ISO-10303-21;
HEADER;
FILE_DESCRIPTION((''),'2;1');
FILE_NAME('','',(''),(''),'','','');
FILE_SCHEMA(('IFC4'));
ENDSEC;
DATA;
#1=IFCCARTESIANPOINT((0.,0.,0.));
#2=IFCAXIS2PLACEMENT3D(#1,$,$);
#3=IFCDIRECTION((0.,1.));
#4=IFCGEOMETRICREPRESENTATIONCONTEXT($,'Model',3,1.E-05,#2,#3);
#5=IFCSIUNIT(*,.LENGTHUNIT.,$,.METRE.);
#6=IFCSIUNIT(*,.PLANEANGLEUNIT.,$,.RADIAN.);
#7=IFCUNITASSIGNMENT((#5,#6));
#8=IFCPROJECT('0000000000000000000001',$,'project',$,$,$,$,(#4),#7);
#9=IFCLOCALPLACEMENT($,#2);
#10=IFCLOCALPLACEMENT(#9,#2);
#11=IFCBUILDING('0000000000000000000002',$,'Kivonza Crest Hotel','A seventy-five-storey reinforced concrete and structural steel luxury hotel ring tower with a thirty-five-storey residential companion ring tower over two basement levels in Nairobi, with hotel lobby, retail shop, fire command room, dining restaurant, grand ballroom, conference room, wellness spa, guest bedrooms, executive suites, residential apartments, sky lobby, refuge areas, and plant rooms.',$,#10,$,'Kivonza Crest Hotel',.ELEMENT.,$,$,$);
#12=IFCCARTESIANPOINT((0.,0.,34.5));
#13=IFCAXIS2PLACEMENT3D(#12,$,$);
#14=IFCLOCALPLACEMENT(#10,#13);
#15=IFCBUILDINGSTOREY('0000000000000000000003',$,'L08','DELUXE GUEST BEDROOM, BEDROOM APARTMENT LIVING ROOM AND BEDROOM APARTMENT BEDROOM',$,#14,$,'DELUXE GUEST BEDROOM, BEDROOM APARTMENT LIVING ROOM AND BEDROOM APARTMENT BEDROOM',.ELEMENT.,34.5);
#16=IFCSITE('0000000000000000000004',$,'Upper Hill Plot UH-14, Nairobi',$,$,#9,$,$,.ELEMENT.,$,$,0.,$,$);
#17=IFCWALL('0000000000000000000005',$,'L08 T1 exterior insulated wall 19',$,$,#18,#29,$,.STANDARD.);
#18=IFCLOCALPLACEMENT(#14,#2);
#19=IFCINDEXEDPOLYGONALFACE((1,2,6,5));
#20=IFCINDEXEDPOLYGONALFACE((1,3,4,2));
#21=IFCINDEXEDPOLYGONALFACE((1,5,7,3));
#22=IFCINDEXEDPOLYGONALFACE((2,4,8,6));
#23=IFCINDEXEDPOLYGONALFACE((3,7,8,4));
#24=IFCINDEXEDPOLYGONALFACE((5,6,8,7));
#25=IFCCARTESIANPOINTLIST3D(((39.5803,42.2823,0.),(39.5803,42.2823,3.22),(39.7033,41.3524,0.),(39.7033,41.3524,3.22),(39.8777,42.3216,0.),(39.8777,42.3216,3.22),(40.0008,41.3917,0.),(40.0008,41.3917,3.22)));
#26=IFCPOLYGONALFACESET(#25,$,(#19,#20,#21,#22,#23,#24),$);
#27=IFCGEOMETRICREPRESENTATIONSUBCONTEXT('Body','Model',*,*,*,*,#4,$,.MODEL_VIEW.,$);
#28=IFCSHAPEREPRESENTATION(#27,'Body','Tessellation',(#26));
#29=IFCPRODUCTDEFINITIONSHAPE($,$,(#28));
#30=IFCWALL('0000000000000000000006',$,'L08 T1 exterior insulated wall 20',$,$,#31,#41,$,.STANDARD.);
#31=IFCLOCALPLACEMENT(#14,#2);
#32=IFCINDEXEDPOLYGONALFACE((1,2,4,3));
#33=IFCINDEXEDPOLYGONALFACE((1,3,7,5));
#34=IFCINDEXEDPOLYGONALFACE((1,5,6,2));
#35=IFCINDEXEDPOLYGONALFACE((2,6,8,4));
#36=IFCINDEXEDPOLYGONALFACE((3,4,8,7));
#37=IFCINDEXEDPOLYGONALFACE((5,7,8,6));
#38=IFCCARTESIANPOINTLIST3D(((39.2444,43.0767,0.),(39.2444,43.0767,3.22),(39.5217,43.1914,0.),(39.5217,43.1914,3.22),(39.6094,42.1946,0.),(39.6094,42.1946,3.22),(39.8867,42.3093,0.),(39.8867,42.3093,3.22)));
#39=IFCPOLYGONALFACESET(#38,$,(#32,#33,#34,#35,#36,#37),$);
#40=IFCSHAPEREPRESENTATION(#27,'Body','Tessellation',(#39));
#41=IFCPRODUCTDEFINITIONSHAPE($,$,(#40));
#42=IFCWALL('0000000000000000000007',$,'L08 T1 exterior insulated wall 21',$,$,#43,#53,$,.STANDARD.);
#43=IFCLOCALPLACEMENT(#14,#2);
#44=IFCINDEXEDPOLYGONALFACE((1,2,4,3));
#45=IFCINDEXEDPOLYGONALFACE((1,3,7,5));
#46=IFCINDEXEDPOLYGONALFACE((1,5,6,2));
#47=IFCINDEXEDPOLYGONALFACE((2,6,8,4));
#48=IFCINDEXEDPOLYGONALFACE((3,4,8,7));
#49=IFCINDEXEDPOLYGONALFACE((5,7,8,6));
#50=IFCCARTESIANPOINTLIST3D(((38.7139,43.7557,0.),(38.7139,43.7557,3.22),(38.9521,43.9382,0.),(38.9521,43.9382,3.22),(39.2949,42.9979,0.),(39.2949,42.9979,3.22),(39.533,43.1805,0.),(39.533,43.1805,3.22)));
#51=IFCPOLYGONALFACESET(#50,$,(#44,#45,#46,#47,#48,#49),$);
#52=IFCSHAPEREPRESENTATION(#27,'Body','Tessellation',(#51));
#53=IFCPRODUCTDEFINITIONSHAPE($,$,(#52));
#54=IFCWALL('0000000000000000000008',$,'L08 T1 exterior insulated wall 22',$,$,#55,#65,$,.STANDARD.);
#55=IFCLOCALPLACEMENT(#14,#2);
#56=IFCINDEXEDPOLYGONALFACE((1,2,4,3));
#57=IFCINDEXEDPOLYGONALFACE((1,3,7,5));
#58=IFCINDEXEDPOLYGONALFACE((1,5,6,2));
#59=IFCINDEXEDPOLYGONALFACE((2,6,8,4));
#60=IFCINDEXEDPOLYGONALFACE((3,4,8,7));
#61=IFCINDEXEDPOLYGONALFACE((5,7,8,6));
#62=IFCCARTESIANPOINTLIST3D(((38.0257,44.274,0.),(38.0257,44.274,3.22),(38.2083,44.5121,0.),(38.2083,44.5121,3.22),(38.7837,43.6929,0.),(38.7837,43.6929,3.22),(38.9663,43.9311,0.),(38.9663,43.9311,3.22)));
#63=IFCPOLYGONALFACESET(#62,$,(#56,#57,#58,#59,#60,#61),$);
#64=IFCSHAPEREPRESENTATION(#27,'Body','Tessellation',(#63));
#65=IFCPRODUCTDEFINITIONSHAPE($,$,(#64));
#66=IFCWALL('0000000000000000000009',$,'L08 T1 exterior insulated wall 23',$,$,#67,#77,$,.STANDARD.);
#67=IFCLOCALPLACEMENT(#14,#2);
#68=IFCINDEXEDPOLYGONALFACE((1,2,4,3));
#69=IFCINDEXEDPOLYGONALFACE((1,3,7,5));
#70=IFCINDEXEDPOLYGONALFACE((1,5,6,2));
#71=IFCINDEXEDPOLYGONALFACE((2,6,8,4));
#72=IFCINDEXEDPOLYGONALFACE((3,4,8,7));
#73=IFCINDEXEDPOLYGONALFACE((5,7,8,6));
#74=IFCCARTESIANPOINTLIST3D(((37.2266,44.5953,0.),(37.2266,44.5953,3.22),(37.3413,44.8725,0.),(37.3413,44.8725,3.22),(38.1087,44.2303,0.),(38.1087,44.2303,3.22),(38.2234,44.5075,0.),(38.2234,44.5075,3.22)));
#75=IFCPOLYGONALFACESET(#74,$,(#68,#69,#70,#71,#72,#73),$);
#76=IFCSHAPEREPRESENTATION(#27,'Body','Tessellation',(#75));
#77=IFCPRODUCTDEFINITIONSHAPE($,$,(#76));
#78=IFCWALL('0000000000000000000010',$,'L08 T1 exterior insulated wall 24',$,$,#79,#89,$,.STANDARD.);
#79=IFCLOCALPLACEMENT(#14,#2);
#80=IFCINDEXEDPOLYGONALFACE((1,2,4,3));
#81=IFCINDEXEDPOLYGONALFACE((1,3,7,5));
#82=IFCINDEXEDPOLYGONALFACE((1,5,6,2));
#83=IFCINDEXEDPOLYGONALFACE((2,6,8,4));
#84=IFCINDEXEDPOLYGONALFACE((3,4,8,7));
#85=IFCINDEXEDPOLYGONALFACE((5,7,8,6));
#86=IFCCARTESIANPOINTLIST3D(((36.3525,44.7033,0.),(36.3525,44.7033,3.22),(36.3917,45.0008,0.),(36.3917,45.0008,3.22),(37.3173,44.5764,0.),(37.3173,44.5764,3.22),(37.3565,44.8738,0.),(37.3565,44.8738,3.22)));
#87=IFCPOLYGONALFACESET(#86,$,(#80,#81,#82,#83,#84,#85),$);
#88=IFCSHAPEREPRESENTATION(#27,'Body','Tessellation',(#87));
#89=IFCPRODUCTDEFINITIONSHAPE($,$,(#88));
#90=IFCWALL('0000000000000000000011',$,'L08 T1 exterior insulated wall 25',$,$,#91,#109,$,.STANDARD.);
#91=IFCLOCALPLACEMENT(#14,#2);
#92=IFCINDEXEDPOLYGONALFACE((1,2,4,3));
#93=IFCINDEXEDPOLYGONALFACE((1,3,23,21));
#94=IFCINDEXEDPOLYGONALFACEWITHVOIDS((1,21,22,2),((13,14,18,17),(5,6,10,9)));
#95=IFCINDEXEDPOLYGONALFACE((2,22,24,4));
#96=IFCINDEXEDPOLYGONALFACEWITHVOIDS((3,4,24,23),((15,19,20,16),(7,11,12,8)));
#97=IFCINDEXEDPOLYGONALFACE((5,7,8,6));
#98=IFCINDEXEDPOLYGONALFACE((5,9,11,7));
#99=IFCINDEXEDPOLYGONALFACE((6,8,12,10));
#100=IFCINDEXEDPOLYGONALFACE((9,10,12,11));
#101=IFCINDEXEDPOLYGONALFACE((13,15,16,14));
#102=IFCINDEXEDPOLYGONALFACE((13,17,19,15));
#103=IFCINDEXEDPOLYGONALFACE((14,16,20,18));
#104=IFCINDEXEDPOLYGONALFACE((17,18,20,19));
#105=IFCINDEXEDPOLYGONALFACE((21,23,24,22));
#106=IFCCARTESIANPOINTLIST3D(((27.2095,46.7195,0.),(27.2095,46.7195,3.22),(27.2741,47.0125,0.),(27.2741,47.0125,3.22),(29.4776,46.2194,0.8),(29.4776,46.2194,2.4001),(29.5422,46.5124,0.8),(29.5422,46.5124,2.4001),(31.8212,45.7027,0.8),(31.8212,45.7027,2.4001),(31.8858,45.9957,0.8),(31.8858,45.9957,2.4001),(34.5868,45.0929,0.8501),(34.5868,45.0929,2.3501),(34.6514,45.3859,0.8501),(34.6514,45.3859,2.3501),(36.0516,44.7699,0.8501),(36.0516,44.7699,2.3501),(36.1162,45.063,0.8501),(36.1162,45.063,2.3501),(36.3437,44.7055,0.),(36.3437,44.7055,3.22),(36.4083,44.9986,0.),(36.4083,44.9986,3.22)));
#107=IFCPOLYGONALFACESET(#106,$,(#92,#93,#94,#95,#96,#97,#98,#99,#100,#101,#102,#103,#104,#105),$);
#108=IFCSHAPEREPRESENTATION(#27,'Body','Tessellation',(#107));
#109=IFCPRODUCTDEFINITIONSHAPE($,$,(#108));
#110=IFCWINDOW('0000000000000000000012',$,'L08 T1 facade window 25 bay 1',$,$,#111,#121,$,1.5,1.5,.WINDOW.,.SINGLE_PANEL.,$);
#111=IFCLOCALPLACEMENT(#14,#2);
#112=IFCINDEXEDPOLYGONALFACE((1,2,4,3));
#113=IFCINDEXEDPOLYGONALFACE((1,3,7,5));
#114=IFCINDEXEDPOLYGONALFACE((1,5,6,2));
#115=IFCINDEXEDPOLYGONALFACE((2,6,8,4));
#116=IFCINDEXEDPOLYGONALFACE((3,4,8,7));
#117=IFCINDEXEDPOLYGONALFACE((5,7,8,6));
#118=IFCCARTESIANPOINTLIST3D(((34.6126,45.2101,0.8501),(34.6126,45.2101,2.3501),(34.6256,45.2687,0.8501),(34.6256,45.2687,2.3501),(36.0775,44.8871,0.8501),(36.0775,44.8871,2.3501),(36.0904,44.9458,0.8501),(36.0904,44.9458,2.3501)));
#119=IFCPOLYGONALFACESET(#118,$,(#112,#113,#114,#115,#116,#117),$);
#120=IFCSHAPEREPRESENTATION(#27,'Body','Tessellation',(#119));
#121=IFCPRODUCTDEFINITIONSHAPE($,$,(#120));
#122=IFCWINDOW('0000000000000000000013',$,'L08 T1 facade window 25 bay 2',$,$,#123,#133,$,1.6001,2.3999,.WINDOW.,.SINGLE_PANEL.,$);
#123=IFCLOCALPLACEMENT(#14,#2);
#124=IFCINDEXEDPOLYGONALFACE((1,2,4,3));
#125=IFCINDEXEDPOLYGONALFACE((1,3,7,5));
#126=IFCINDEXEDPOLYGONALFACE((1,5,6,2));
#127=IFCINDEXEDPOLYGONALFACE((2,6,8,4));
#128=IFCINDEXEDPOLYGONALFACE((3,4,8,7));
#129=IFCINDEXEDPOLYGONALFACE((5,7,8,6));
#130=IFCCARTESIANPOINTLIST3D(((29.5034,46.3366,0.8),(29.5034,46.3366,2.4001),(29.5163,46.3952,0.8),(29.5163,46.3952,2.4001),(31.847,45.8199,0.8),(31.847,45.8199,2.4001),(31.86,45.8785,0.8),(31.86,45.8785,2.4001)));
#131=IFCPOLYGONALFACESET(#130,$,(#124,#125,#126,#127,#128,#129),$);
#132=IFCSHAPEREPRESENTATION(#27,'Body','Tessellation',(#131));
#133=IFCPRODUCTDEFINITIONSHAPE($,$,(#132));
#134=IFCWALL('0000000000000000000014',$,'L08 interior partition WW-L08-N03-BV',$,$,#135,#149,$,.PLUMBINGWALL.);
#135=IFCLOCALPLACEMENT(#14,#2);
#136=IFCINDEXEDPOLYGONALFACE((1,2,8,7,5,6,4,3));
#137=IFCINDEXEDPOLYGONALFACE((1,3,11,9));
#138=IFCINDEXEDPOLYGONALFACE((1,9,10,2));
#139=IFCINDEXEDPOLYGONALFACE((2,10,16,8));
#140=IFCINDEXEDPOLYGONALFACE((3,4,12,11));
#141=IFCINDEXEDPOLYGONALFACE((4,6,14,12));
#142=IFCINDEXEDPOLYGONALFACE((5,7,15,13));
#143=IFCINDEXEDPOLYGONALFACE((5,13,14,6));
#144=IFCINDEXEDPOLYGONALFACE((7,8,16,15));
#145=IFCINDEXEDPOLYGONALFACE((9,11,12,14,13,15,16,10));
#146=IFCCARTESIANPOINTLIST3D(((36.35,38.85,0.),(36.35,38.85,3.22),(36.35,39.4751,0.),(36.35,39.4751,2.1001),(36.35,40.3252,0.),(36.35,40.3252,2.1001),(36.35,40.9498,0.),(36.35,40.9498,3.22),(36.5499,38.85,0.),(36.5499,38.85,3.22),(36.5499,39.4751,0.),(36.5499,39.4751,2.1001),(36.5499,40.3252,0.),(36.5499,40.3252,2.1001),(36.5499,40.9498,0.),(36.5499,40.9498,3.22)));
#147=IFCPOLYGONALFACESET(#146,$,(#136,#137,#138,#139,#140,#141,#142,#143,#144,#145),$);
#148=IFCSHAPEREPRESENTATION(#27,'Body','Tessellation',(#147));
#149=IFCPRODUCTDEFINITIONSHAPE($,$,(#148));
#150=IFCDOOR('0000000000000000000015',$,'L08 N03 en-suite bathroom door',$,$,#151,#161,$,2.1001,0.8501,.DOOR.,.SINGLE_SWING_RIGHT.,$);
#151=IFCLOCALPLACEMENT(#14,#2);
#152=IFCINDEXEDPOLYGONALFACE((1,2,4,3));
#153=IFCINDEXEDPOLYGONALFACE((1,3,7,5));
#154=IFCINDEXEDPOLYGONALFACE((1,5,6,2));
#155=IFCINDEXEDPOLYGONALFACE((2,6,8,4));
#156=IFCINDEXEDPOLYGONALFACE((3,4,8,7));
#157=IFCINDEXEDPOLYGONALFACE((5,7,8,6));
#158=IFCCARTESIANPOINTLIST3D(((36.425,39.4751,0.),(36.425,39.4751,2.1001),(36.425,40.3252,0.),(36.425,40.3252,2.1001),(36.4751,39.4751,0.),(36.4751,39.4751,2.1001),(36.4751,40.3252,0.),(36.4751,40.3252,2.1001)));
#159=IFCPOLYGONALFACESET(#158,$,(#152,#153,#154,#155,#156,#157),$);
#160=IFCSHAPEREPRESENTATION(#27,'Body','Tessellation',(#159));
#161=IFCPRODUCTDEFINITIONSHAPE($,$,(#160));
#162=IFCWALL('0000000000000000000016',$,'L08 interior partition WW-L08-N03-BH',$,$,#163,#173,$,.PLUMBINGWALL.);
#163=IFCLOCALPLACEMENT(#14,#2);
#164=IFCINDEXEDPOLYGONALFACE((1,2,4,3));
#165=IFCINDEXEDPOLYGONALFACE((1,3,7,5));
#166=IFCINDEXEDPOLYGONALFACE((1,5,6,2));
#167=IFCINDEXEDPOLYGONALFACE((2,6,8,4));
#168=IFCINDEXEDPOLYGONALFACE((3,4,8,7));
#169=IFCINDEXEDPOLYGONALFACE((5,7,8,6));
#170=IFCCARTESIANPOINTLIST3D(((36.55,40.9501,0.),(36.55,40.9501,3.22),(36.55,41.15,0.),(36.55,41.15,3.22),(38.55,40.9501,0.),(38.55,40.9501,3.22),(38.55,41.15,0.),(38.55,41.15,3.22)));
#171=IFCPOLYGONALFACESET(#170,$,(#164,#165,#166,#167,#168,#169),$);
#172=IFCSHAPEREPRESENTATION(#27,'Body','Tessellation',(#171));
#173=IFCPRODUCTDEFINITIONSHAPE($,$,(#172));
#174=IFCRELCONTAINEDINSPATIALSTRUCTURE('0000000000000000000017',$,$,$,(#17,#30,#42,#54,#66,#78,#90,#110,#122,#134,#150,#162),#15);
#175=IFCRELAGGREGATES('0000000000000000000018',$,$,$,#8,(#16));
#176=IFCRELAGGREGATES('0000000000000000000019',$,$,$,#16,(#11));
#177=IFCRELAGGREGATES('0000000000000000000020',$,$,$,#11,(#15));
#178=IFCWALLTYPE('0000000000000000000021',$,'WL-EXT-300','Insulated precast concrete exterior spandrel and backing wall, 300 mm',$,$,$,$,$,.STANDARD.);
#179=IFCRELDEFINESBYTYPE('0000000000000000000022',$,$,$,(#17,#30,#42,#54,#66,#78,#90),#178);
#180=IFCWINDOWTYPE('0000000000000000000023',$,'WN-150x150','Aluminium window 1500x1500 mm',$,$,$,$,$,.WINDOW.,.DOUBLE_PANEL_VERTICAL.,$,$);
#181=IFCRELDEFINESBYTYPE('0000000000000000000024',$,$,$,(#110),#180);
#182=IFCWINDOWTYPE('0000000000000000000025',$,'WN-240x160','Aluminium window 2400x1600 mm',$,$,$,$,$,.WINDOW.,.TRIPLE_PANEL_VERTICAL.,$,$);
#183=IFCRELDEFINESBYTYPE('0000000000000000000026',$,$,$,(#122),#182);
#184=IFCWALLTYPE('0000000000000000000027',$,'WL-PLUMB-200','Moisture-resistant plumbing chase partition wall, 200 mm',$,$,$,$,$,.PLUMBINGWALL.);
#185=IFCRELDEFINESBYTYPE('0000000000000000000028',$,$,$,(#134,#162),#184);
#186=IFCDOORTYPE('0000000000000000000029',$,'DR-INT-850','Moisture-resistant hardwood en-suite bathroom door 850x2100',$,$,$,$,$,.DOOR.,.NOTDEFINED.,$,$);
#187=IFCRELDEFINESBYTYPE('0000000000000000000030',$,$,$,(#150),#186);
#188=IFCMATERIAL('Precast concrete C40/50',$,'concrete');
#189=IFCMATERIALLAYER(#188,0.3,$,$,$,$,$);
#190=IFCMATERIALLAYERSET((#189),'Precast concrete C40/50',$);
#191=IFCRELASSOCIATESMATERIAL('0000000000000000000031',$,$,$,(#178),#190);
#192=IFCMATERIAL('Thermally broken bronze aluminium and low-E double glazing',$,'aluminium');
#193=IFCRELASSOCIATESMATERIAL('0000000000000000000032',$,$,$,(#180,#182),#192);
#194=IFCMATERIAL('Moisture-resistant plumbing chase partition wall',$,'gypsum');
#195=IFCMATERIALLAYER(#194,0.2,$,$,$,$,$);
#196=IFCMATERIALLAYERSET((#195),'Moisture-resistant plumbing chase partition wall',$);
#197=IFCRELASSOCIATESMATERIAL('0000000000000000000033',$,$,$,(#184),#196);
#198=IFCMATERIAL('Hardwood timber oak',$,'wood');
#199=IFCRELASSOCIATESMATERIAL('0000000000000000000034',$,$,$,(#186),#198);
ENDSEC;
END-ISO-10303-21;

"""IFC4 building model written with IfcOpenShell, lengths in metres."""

from ifc_helpers import new_model, si_unit, direction, frame, frame_2d, origin, place, context, subcontext, project, spatial, rectangle, extrude, material, layer, layer_set, type_object, element, fill, save


model = new_model("IFC4")

# Units and contexts
model_context = context("Model", 3, precision=1e-05, world=origin(), true_north=direction((0.0, 1.0)))
body_context = subcontext(model_context, "Body", "Model", "MODEL_VIEW")
ifc_project = project(units=[si_unit("LENGTHUNIT", "METRE"), si_unit("PLANEANGLEUNIT", "RADIAN")], contexts=[model_context])

# Site, building, storey
site_placement = place(None, origin())
site = spatial("IfcSite", under=ifc_project, at=site_placement, Name="Upper Hill Plot UH-14, Nairobi", CompositionType="ELEMENT", RefElevation=0.0)
building_placement = place(site_placement, origin())
building = spatial("IfcBuilding", under=site, at=building_placement, Name="Kivonza Crest Hotel", Description="A seventy-five-storey reinforced concrete and structural steel luxury hotel ring tower with a thirty-five-storey residential companion ring tower over two basement levels in Nairobi, with hotel lobby, retail shop, fire command room, dining restaurant, grand ballroom, conference room, wellness spa, guest bedrooms, executive suites, residential apartments, sky lobby, refuge areas, and plant rooms.", LongName="Kivonza Crest Hotel", CompositionType="ELEMENT")
storey_placement = place(building_placement, frame((0.0, 0.0, 34.5)))
storey = spatial("IfcBuildingStorey", under=building, at=storey_placement, Name="L08", Description="DELUXE GUEST BEDROOM, BEDROOM APARTMENT LIVING ROOM AND BEDROOM APARTMENT BEDROOM", LongName="DELUXE GUEST BEDROOM, BEDROOM APARTMENT LIVING ROOM AND BEDROOM APARTMENT BEDROOM", CompositionType="ELEMENT", Elevation=34.5)

# Shared definitions
ifc_material_1 = material(Name="Hardwood timber oak", Category="wood")

# Walls
ifc_material_2 = material(Name="Precast concrete C40/50", Category="concrete")
ifc_layer_1 = layer(ifc_material_2, 0.3)
ifc_layer_set_1 = layer_set([ifc_layer_1], Name="Precast concrete C40/50")
wall_type_1 = type_object("IfcWallType", Name="WL-EXT-300", Description="Insulated precast concrete exterior spandrel and backing wall, 300 mm", PredefinedType="STANDARD", material=ifc_layer_set_1)
wall_1_placement = place(storey_placement, frame((39.8521, 41.3721, 0.0), z_axis=(0.0, 0.0, 1.0), x_axis=(-0.131175, 0.991359, 0.0)))
element("IfcWall", 1, at=wall_1_placement, inside=storey, type_object=wall_type_1, Name="L08 T1 exterior insulated wall 19", PredefinedType="STANDARD", context=body_context, shape_type="SweptSolid", body=[
    extrude(rectangle(XDim=0.938, YDim=0.3, at=frame_2d((0.469, 0.0))), origin(), (0.0, 0.0, 1.0), 3.22),
])
wall_2_placement = place(storey_placement, frame((39.748, 42.252, 0.0), z_axis=(0.0, 0.0, 1.0), x_axis=(-0.382344, 0.92402, 0.0)))
element("IfcWall", 2, at=wall_2_placement, inside=storey, type_object=wall_type_1, Name="L08 T1 exterior insulated wall 20", PredefinedType="STANDARD", context=body_context, shape_type="SweptSolid", body=[
    extrude(rectangle(XDim=0.9546, YDim=0.3, at=frame_2d((0.4773, 0.0))), origin(), (0.0, 0.0, 1.0), 3.22),
])
wall_3_placement = place(storey_placement, frame((39.4141, 43.0891, 0.0), z_axis=(0.0, 0.0, 1.0), x_axis=(-0.608474, 0.793573, 0.0)))
element("IfcWall", 3, at=wall_3_placement, inside=storey, type_object=wall_type_1, Name="L08 T1 exterior insulated wall 21", PredefinedType="STANDARD", context=body_context, shape_type="SweptSolid", body=[
    extrude(rectangle(XDim=0.9548, YDim=0.3, at=frame_2d((0.4775, 0.0))), origin(), (0.0, 0.0, 1.0), 3.22),
])
wall_4_placement = place(storey_placement, frame((38.875, 43.812, 0.0), z_axis=(0.0, 0.0, 1.0), x_axis=(-0.793668, 0.608351, 0.0)))
element("IfcWall", 4, at=wall_4_placement, inside=storey, type_object=wall_type_1, Name="L08 T1 exterior insulated wall 22", PredefinedType="STANDARD", context=body_context, shape_type="SweptSolid", body=[
    extrude(rectangle(XDim=0.9551, YDim=0.3, at=frame_2d((0.4775, 0.0))), origin(), (0.0, 0.0, 1.0), 3.22),
])
wall_5_placement = place(storey_placement, frame((38.166, 44.3689, 0.0), z_axis=(0.0, 0.0, 1.0), x_axis=(-0.92402, 0.382344, 0.0)))
element("IfcWall", 5, at=wall_5_placement, inside=storey, type_object=wall_type_1, Name="L08 T1 exterior insulated wall 23", PredefinedType="STANDARD", context=body_context, shape_type="SweptSolid", body=[
    extrude(rectangle(XDim=0.9546, YDim=0.3, at=frame_2d((0.4773, 0.0))), origin(), (0.0, 0.0, 1.0), 3.22),
])
wall_6_placement = place(storey_placement, frame((37.3369, 44.7251, 0.0), z_axis=(0.0, 0.0, 1.0), x_axis=(-0.991454, 0.130455, 0.0)))
element("IfcWall", 6, at=wall_6_placement, inside=storey, type_object=wall_type_1, Name="L08 T1 exterior insulated wall 24", PredefinedType="STANDARD", context=body_context, shape_type="SweptSolid", body=[
    extrude(rectangle(XDim=0.9731, YDim=0.3, at=frame_2d((0.4866, 0.0))), origin(), (0.0, 0.0, 1.0), 3.22),
])

# Wall, openings, windows
wall_7_placement = place(storey_placement, frame((36.376, 44.8521, 0.0), z_axis=(0.0, 0.0, 1.0), x_axis=(-0.976545, 0.215313, 0.0)))
wall_7 = element("IfcWall", 7, at=wall_7_placement, inside=storey, type_object=wall_type_1, Name="L08 T1 exterior insulated wall 25", PredefinedType="STANDARD", context=body_context, shape_type="SweptSolid", body=[
    extrude(rectangle(XDim=9.3535, YDim=0.3, at=frame_2d((4.6768, 0.0))), origin(), (0.0, 0.0, 1.0), 3.22),
])
opening_1_placement = place(wall_7_placement, frame((0.2991, 0.0, 0.8501)))
opening_1 = element("IfcOpeningElement", 8, at=opening_1_placement, cuts=wall_7, PredefinedType="OPENING", context=body_context, shape_type="SweptSolid", body=[
    extrude(rectangle(XDim=1.5, YDim=1.5, at=frame_2d((0.75, 0.75))), frame((0.0, 0.1602, 0.0), z_axis=(0.0, -1.0, 0.0), x_axis=(1.0, 0.0, 0.0)), (0.0, 0.0, 1.0), 0.3201),
])
opening_2_placement = place(wall_7_placement, frame((4.6311, 0.0, 0.8)))
opening_2 = element("IfcOpeningElement", 9, at=opening_2_placement, cuts=wall_7, PredefinedType="OPENING", context=body_context, shape_type="SweptSolid", body=[
    extrude(rectangle(XDim=2.3999, YDim=1.6001, at=frame_2d((1.2, 0.8))), frame((0.0, 0.1602, 0.0), z_axis=(0.0, -1.0, 0.0), x_axis=(1.0, 0.0, 0.0)), (0.0, 0.0, 1.0), 0.3201),
])
ifc_material_3 = material(Name="Thermally broken bronze aluminium and low-E double glazing", Category="aluminium")
window_type_1 = type_object("IfcWindowType", Name="WN-150x150", Description="Aluminium window 1500x1500 mm", PartitioningType="DOUBLE_PANEL_VERTICAL", PredefinedType="WINDOW", material=ifc_material_3)
window_1_placement = place(opening_1_placement, origin())
window_1 = element("IfcWindow", 10, at=window_1_placement, inside=storey, type_object=window_type_1, Name="L08 T1 facade window 25 bay 1", OverallHeight=1.5, OverallWidth=1.5, PartitioningType="SINGLE_PANEL", PredefinedType="WINDOW", context=body_context, shape_type="SweptSolid", body=[
    extrude(rectangle(XDim=1.5, YDim=1.5, at=frame_2d((0.75, 0.75))), frame((0.0, 0.03, 0.0), z_axis=(0.0, -1.0, 0.0), x_axis=(1.0, 0.0, 0.0)), (0.0, 0.0, 1.0), 0.0601),
])
fill(opening_1, window_1)
window_type_2 = type_object("IfcWindowType", Name="WN-240x160", Description="Aluminium window 2400x1600 mm", PartitioningType="TRIPLE_PANEL_VERTICAL", PredefinedType="WINDOW", material=ifc_material_3)
window_2_placement = place(opening_2_placement, origin())
window_2 = element("IfcWindow", 11, at=window_2_placement, inside=storey, type_object=window_type_2, Name="L08 T1 facade window 25 bay 2", OverallHeight=1.6001, OverallWidth=2.3999, PartitioningType="SINGLE_PANEL", PredefinedType="WINDOW", context=body_context, shape_type="SweptSolid", body=[
    extrude(rectangle(XDim=2.3999, YDim=1.6001, at=frame_2d((1.2, 0.8))), frame((0.0, 0.03, 0.0), z_axis=(0.0, -1.0, 0.0), x_axis=(1.0, 0.0, 0.0)), (0.0, 0.0, 1.0), 0.0601),
])
fill(opening_2, window_2)

# Wall, opening, door
ifc_material_4 = material(Name="Moisture-resistant plumbing chase partition wall", Category="gypsum")
ifc_layer_2 = layer(ifc_material_4, 0.2)
ifc_layer_set_2 = layer_set([ifc_layer_2], Name="Moisture-resistant plumbing chase partition wall")
wall_type_2 = type_object("IfcWallType", Name="WL-PLUMB-200", Description="Moisture-resistant plumbing chase partition wall, 200 mm", PredefinedType="PLUMBINGWALL", material=ifc_layer_set_2)
wall_8_placement = place(storey_placement, frame((36.45, 38.8501, 0.0), z_axis=(0.0, 0.0, 1.0), x_axis=(0.0, 1.0, 0.0)))
wall_8 = element("IfcWall", 12, at=wall_8_placement, inside=storey, type_object=wall_type_2, Name="L08 interior partition WW-L08-N03-BV", PredefinedType="PLUMBINGWALL", context=body_context, shape_type="SweptSolid", body=[
    extrude(rectangle(XDim=2.0999, YDim=0.2, at=frame_2d((1.0498, 0.0))), origin(), (0.0, 0.0, 1.0), 3.22),
])
opening_3_placement = place(wall_8_placement, frame((0.625, 0.0, 0.0)))
opening_3 = element("IfcOpeningElement", 13, at=opening_3_placement, cuts=wall_8, PredefinedType="OPENING", context=body_context, shape_type="SweptSolid", body=[
    extrude(rectangle(XDim=0.8501, YDim=2.1001, at=frame_2d((0.425, 1.05))), frame((0.0, 0.1099, 0.0), z_axis=(0.0, -1.0, 0.0), x_axis=(1.0, 0.0, 0.0)), (0.0, 0.0, 1.0), 0.22),
])
door_type_1 = type_object("IfcDoorType", Name="DR-INT-850", Description="Moisture-resistant hardwood en-suite bathroom door 850x2100", OperationType="NOTDEFINED", PredefinedType="DOOR", material=ifc_material_1)
door_1_placement = place(opening_3_placement, origin())
door_1 = element("IfcDoor", 14, at=door_1_placement, inside=storey, type_object=door_type_1, Name="L08 N03 en-suite bathroom door", OperationType="SINGLE_SWING_RIGHT", OverallHeight=2.1001, OverallWidth=0.8501, PredefinedType="DOOR", context=body_context, shape_type="SweptSolid", body=[
    extrude(rectangle(XDim=0.8501, YDim=2.1001, at=frame_2d((0.425, 1.05))), frame((0.0, 0.0249, 0.0), z_axis=(0.0, -1.0, 0.0), x_axis=(1.0, 0.0, 0.0)), (0.0, 0.0, 1.0), 0.05),
])
fill(opening_3, door_1)

# Wall
wall_9_placement = place(storey_placement, frame((36.55, 41.05, 0.0), z_axis=(0.0, 0.0, 1.0), x_axis=(1.0, 0.0, 0.0)))
element("IfcWall", 15, at=wall_9_placement, inside=storey, type_object=wall_type_2, Name="L08 interior partition WW-L08-N03-BH", PredefinedType="PLUMBINGWALL", context=body_context, shape_type="SweptSolid", body=[
    extrude(rectangle(XDim=2.0, YDim=0.2, at=frame_2d((1.0, 0.0))), origin(), (0.0, 0.0, 1.0), 3.22),
])

save(model, "model.ifc")
